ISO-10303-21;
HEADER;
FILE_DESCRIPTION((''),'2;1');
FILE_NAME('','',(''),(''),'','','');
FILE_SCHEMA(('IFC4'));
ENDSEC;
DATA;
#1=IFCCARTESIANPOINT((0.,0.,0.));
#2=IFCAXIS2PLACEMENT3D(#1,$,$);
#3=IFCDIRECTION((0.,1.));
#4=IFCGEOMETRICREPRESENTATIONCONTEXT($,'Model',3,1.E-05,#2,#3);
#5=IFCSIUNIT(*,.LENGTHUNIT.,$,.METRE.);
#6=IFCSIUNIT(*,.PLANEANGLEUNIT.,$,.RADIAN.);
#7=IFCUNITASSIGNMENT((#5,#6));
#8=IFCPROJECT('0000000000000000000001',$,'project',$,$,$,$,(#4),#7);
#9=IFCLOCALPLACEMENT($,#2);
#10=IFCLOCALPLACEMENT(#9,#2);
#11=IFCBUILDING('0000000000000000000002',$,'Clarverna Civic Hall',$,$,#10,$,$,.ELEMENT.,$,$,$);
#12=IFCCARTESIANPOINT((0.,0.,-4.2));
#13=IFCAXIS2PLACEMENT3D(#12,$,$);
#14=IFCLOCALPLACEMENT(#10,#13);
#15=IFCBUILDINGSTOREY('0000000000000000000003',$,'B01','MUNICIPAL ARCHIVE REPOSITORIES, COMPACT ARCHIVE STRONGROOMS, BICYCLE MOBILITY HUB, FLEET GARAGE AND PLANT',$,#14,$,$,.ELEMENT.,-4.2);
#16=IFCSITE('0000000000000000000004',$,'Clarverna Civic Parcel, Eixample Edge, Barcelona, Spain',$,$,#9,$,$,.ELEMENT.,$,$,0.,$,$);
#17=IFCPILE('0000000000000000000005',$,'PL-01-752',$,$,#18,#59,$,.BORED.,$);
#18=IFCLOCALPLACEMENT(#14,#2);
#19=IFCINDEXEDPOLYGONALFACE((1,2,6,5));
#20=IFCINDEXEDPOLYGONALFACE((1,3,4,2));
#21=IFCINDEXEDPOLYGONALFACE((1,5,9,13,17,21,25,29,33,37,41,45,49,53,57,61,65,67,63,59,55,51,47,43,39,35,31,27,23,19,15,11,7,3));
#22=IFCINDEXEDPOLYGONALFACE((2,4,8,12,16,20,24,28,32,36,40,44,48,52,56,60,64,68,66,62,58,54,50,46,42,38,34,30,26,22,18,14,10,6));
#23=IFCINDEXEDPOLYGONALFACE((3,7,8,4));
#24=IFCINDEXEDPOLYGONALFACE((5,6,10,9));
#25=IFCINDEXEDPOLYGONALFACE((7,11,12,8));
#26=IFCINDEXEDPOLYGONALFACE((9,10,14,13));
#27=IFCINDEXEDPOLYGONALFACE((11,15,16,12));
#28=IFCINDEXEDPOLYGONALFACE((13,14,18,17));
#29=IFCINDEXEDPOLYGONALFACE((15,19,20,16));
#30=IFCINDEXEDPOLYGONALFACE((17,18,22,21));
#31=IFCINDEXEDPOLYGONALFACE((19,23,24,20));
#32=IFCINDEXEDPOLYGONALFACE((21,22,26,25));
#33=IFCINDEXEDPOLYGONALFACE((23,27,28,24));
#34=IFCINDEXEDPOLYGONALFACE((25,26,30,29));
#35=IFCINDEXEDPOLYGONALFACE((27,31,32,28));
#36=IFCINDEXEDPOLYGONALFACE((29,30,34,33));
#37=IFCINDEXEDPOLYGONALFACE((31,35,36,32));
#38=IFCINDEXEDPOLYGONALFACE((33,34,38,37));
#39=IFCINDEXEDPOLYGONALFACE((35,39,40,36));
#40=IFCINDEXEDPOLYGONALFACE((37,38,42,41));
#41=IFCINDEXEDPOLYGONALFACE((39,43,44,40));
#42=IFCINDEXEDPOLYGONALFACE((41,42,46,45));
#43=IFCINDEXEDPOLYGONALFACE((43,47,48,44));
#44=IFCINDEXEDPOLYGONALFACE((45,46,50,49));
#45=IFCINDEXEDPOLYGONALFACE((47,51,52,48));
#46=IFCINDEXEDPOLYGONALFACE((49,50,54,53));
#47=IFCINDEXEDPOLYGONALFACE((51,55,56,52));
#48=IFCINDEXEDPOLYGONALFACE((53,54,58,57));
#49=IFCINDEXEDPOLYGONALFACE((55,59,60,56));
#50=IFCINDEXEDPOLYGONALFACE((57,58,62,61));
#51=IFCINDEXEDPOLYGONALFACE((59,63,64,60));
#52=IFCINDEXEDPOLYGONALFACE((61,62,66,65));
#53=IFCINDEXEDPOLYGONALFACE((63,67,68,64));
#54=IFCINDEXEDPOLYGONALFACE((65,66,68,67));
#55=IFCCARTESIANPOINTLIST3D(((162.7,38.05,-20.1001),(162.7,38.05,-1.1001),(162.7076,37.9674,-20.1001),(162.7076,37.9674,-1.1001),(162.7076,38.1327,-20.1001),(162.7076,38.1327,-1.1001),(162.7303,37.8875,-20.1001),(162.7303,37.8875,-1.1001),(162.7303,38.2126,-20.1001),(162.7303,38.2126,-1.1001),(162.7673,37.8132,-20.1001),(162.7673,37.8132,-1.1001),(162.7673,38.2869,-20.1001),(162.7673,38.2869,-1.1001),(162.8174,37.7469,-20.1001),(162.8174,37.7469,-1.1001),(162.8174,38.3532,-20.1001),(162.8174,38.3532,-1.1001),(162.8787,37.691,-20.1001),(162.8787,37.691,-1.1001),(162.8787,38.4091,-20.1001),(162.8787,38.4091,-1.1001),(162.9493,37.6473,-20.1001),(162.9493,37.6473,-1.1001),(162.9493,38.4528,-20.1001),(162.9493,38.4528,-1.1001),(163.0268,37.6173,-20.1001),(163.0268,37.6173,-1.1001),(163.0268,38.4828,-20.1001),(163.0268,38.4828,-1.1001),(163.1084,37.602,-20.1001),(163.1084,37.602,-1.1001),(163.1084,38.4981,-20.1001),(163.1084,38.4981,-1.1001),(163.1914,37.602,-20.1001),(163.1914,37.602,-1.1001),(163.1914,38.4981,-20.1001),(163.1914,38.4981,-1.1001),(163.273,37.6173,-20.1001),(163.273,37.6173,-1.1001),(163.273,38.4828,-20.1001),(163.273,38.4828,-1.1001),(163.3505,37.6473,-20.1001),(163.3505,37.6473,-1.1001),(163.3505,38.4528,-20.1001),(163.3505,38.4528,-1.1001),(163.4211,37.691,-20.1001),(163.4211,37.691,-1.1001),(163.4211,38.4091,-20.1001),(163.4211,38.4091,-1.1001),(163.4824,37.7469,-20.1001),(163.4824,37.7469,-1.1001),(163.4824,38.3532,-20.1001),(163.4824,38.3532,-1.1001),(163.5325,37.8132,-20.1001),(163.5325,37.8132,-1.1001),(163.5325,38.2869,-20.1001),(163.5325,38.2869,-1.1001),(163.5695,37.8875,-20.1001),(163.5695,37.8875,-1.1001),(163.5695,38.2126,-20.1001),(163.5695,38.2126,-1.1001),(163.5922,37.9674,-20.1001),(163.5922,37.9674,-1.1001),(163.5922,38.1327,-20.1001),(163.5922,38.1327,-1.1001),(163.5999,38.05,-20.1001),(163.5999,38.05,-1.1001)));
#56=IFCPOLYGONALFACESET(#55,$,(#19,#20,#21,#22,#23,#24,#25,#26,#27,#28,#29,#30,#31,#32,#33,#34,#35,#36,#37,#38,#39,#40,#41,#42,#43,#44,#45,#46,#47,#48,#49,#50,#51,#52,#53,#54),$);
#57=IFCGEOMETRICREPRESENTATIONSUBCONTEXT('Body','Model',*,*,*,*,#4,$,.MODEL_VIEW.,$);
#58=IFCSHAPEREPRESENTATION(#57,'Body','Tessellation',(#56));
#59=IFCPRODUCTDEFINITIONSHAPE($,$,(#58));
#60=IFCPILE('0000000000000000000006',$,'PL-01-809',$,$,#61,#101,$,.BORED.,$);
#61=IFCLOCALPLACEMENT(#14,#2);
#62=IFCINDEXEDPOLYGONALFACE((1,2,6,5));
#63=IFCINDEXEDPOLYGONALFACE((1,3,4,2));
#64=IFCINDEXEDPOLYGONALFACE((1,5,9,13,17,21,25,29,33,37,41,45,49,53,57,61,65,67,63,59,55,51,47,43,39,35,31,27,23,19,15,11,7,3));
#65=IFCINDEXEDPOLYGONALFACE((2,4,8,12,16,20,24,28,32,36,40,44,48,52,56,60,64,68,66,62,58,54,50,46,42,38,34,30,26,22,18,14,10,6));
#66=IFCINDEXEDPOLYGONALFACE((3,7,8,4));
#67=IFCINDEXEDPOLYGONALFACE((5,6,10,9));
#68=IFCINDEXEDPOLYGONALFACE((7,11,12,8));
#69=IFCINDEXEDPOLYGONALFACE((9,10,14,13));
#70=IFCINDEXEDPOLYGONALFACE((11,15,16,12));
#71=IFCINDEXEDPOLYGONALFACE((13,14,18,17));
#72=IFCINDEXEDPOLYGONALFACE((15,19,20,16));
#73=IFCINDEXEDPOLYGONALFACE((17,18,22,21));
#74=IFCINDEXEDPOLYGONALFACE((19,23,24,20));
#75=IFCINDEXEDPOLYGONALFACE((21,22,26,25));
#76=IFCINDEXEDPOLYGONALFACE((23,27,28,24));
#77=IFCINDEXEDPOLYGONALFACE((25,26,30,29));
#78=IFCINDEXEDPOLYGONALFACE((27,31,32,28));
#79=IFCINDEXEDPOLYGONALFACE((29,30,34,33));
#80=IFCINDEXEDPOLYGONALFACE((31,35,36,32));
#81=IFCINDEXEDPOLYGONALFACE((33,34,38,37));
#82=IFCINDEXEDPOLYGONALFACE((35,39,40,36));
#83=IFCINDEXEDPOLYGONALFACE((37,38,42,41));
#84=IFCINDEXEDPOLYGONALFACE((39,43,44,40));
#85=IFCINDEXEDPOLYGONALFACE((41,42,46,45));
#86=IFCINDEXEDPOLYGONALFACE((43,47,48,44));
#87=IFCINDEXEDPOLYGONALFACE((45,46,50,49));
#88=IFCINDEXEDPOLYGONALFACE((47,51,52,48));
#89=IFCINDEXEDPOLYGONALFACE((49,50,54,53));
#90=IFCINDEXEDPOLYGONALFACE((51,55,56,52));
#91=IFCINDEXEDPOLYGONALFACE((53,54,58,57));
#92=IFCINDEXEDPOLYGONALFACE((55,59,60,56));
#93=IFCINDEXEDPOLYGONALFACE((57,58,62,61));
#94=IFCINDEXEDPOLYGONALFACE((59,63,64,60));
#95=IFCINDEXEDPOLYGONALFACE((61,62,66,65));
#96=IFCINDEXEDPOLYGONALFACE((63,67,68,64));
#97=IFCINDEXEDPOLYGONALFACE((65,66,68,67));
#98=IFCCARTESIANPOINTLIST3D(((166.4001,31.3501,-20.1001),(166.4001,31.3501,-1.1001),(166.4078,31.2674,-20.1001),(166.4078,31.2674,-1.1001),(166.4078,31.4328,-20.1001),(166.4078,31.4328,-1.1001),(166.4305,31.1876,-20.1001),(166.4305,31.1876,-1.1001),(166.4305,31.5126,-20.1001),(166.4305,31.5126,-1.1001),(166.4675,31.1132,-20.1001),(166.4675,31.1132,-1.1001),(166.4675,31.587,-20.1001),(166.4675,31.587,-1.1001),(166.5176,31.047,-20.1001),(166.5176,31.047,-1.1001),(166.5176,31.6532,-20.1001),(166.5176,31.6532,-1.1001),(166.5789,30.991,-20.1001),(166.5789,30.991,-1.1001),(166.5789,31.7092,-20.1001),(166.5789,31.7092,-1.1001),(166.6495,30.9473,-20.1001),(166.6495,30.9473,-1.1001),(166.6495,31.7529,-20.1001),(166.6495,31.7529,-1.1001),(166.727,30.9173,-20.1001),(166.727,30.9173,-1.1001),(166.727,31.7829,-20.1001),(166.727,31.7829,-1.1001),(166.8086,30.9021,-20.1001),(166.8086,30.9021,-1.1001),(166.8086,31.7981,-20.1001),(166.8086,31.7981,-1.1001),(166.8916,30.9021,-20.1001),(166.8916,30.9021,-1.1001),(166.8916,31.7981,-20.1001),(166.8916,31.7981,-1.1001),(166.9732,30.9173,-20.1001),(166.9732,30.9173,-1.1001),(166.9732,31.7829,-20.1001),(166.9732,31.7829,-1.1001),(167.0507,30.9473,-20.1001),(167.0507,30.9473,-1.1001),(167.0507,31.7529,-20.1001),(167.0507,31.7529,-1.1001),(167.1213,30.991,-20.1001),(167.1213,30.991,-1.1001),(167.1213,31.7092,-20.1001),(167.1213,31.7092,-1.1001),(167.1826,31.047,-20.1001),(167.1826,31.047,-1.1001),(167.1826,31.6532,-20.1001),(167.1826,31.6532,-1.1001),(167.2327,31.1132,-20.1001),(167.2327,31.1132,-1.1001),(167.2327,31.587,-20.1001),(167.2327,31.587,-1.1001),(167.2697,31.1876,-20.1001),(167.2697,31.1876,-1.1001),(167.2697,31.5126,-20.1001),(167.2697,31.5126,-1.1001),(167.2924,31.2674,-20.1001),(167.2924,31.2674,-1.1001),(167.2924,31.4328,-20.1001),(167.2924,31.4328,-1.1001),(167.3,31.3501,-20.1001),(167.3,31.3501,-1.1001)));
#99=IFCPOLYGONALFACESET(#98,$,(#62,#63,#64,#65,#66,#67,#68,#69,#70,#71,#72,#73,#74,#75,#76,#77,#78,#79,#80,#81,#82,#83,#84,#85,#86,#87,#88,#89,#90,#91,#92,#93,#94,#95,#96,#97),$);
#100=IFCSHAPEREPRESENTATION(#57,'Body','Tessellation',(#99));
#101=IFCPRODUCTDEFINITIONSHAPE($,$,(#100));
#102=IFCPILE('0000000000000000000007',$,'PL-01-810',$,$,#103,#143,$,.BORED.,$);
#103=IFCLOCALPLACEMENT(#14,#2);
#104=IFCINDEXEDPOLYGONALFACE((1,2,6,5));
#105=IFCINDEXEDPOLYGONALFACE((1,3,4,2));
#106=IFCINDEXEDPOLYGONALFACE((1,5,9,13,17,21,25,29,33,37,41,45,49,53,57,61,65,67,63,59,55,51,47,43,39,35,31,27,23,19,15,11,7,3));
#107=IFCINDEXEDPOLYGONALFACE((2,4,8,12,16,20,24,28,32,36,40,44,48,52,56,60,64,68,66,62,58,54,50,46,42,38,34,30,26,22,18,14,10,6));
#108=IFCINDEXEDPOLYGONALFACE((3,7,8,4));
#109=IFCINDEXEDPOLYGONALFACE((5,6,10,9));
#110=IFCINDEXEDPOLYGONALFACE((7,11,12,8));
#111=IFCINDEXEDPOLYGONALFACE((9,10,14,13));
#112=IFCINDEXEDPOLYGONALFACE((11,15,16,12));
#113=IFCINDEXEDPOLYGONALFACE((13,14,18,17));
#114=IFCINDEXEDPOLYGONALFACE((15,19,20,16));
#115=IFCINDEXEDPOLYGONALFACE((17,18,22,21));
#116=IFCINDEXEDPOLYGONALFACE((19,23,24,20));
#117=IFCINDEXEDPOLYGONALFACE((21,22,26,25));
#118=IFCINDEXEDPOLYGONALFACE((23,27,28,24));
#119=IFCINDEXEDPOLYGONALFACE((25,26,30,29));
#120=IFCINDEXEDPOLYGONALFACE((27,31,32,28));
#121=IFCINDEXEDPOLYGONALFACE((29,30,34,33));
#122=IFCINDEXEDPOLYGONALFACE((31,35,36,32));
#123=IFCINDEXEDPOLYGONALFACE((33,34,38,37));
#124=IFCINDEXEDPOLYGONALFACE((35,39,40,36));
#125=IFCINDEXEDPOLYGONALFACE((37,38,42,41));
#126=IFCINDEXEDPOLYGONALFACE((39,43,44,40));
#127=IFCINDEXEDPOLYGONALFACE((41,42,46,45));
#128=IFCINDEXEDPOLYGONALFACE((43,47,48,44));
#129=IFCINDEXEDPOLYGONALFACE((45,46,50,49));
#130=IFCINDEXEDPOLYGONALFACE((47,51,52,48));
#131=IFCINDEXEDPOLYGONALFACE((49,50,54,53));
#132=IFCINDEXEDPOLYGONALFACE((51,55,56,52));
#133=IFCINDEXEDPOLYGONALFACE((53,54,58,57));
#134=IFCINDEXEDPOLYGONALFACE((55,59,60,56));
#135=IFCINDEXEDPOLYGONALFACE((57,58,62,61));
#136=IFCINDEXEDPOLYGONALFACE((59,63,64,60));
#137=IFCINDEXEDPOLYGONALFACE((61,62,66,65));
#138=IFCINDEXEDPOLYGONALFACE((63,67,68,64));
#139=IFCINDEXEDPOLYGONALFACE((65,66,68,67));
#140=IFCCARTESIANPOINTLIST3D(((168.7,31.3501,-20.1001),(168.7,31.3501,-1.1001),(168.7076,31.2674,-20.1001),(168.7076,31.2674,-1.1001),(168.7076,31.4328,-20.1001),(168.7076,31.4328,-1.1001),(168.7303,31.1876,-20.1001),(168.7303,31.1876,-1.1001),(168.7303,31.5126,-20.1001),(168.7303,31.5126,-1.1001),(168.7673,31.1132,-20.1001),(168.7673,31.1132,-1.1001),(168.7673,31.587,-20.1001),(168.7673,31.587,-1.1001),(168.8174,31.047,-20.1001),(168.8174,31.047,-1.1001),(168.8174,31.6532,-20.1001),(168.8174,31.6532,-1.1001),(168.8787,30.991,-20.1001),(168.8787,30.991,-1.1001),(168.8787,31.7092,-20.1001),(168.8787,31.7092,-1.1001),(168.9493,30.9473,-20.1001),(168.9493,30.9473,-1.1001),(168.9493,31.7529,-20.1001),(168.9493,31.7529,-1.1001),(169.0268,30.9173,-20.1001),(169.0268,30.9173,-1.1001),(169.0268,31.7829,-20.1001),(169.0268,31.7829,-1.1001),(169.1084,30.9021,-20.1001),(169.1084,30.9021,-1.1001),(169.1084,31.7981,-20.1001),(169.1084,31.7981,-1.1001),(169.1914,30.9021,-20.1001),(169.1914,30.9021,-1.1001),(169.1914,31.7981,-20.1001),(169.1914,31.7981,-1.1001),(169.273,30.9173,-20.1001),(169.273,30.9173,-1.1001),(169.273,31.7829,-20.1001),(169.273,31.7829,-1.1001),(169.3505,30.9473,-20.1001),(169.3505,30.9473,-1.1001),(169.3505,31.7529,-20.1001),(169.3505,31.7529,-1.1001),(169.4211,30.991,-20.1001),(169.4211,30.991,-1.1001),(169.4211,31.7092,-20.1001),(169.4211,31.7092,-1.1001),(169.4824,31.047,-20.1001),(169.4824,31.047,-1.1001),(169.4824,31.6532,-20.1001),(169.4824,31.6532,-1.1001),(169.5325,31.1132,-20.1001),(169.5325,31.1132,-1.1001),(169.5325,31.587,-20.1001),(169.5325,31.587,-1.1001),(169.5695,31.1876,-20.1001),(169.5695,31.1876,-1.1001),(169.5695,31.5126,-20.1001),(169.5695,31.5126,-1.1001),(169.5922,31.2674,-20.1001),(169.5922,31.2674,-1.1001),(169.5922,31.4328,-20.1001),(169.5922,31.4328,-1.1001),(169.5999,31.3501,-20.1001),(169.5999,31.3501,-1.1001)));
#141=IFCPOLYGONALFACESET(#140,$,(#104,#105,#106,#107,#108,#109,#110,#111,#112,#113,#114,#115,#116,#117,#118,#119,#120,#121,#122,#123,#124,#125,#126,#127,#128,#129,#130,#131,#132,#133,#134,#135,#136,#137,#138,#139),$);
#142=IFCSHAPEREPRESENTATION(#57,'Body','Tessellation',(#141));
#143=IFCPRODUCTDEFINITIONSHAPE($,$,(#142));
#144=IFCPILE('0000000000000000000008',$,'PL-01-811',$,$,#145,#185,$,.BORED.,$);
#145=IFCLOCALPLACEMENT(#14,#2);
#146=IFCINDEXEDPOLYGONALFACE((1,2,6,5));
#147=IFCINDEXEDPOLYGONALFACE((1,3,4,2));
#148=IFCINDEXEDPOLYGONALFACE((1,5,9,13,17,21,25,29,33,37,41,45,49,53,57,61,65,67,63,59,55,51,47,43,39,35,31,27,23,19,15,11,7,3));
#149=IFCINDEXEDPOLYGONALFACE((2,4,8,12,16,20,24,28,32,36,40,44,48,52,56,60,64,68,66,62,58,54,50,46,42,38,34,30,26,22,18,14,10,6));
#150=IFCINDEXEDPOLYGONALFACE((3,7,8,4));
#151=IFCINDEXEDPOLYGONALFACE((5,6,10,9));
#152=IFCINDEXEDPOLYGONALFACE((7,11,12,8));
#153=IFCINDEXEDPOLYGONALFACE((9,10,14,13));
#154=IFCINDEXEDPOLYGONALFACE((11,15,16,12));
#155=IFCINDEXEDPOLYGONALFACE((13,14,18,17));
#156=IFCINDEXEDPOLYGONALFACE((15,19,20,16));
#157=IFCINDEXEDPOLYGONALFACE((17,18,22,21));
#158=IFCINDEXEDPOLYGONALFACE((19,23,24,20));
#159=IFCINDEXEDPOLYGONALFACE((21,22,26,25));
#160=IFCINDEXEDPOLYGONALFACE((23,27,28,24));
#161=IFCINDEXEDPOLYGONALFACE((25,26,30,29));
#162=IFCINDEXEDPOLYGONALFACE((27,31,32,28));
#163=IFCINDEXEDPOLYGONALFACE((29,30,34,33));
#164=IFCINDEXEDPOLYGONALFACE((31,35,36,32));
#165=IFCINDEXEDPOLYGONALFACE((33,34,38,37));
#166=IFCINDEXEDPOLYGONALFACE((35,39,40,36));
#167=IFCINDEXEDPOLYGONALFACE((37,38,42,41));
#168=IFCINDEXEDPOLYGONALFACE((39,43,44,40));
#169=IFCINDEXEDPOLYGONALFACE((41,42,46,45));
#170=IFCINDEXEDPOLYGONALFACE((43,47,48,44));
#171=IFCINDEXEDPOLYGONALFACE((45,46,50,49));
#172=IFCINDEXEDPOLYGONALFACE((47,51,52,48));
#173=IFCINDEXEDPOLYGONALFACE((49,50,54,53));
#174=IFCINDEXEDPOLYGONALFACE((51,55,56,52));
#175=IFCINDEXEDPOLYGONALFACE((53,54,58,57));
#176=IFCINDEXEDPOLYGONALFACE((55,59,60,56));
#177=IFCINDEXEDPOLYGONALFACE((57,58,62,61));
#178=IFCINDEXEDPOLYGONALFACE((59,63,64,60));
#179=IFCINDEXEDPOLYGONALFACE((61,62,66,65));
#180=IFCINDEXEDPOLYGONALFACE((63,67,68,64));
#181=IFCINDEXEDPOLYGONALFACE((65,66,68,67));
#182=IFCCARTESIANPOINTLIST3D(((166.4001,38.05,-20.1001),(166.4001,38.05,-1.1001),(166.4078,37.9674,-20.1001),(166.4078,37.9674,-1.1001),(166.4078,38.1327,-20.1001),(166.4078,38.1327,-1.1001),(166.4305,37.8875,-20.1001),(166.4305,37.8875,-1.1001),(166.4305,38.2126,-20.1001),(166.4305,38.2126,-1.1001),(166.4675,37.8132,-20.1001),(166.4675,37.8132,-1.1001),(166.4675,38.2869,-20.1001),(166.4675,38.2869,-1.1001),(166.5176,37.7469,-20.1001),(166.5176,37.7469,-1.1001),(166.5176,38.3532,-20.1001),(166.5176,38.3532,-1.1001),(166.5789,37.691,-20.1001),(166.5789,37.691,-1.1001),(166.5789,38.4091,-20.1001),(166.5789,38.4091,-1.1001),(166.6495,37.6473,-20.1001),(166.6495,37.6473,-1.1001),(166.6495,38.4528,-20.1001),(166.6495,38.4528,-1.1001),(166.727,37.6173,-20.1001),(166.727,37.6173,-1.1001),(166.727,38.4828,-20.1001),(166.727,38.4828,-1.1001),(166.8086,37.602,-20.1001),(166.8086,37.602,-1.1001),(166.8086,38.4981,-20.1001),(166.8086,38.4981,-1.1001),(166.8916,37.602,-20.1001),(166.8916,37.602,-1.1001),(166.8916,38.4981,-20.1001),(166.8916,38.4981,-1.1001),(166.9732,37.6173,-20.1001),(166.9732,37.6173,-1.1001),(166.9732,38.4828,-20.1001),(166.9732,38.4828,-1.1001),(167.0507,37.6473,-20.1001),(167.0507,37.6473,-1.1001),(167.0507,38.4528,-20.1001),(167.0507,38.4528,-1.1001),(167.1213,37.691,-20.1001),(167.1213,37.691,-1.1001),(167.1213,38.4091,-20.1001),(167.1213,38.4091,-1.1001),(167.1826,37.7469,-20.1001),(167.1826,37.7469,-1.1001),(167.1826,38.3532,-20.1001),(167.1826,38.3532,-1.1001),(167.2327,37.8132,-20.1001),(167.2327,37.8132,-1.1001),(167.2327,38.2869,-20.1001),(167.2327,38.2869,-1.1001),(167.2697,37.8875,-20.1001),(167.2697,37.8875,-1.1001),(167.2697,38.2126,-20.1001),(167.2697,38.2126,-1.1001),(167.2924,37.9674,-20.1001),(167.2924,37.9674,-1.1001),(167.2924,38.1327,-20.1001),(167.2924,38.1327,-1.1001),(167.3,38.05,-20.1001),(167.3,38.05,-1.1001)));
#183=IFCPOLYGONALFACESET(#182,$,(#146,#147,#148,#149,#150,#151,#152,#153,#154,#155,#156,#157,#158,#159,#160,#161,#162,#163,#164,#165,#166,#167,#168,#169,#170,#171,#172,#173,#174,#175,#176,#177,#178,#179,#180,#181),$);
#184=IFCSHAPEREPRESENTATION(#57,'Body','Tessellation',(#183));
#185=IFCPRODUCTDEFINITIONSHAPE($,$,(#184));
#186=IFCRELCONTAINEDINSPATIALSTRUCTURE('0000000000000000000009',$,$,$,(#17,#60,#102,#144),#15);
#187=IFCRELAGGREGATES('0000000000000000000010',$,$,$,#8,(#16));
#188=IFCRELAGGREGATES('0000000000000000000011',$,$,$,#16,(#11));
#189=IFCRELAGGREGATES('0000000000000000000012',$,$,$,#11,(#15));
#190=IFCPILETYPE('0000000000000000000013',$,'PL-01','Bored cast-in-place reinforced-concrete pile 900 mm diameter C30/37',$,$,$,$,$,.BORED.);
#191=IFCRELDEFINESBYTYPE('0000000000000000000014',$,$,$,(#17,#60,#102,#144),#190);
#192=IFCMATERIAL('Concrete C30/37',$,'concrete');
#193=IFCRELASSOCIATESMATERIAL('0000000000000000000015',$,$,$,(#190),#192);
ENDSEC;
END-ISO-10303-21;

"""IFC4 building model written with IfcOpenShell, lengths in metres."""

from ifc_helpers import new_model, si_unit, direction, frame, origin, origin_2d, place, context, subcontext, project, spatial, circle, extrude, material, material_profile, profile_set, type_object, element, save


model = new_model("IFC4")

# Units and contexts
model_context = context("Model", 3, precision=1e-05, world=origin(), true_north=direction((0.0, 1.0)))
body_context = subcontext(model_context, "Body", "Model", "MODEL_VIEW")
ifc_project = project(units=[si_unit("LENGTHUNIT", "METRE"), si_unit("PLANEANGLEUNIT", "RADIAN")], contexts=[model_context])

# Site, building, storey
site_placement = place(None, origin())
site = spatial("IfcSite", under=ifc_project, at=site_placement, Name="Clarverna Civic Parcel, Eixample Edge, Barcelona, Spain", CompositionType="ELEMENT", RefElevation=0.0)
building_placement = place(site_placement, origin())
building = spatial("IfcBuilding", under=site, at=building_placement, Name="Clarverna Civic Hall", CompositionType="ELEMENT")
storey_placement = place(building_placement, frame((0.0, 0.0, -4.2)))
storey = spatial("IfcBuildingStorey", under=building, at=storey_placement, Name="B01", Description="MUNICIPAL ARCHIVE REPOSITORIES, COMPACT ARCHIVE STRONGROOMS, BICYCLE MOBILITY HUB, FLEET GARAGE AND PLANT", CompositionType="ELEMENT", Elevation=-4.2)

# Shared definitions
ifc_material_1 = material(Name="Concrete C30/37", Category="concrete")

# Piles
ifc_material_profile_1 = material_profile(ifc_material_1, circle(Radius=0.45, at=origin_2d()), Name="BORED PILE D900")
ifc_profile_set_1 = profile_set([ifc_material_profile_1], Name="Concrete C30/37")
pile_type = type_object("IfcPileType", Name="PL-01", Description="Bored cast-in-place reinforced-concrete pile 900 mm diameter C30/37", PredefinedType="BORED", material=ifc_profile_set_1)
for number, where, z_axis, x_axis, name in (
    (1, (163.1499, 38.05, -1.1001), (0.0, 0.0, -1.0), (1.0, 0.0, 0.0), "PL-01-752"),
    (2, (166.8501, 31.3501, -1.1001), (0.0, 0.0, -1.0), (1.0, 0.0, 0.0), "PL-01-809"),
    (3, (169.1499, 31.3501, -1.1001), (0.0, 0.0, -1.0), (1.0, 0.0, 0.0), "PL-01-810"),
    (4, (166.8501, 38.05, -1.1001), (0.0, 0.0, -1.0), (1.0, 0.0, 0.0), "PL-01-811"),
):
    element("IfcPile", number, at=place(storey_placement, frame(where, z_axis=z_axis, x_axis=x_axis)), inside=storey, type_object=pile_type, Name=name, PredefinedType="BORED", context=body_context, shape_type="SweptSolid", body=[
        extrude(circle(Radius=0.45, at=origin_2d()), origin(), (0.0, 0.0, 1.0), 19.0),
    ])

save(model, "model.ifc")
